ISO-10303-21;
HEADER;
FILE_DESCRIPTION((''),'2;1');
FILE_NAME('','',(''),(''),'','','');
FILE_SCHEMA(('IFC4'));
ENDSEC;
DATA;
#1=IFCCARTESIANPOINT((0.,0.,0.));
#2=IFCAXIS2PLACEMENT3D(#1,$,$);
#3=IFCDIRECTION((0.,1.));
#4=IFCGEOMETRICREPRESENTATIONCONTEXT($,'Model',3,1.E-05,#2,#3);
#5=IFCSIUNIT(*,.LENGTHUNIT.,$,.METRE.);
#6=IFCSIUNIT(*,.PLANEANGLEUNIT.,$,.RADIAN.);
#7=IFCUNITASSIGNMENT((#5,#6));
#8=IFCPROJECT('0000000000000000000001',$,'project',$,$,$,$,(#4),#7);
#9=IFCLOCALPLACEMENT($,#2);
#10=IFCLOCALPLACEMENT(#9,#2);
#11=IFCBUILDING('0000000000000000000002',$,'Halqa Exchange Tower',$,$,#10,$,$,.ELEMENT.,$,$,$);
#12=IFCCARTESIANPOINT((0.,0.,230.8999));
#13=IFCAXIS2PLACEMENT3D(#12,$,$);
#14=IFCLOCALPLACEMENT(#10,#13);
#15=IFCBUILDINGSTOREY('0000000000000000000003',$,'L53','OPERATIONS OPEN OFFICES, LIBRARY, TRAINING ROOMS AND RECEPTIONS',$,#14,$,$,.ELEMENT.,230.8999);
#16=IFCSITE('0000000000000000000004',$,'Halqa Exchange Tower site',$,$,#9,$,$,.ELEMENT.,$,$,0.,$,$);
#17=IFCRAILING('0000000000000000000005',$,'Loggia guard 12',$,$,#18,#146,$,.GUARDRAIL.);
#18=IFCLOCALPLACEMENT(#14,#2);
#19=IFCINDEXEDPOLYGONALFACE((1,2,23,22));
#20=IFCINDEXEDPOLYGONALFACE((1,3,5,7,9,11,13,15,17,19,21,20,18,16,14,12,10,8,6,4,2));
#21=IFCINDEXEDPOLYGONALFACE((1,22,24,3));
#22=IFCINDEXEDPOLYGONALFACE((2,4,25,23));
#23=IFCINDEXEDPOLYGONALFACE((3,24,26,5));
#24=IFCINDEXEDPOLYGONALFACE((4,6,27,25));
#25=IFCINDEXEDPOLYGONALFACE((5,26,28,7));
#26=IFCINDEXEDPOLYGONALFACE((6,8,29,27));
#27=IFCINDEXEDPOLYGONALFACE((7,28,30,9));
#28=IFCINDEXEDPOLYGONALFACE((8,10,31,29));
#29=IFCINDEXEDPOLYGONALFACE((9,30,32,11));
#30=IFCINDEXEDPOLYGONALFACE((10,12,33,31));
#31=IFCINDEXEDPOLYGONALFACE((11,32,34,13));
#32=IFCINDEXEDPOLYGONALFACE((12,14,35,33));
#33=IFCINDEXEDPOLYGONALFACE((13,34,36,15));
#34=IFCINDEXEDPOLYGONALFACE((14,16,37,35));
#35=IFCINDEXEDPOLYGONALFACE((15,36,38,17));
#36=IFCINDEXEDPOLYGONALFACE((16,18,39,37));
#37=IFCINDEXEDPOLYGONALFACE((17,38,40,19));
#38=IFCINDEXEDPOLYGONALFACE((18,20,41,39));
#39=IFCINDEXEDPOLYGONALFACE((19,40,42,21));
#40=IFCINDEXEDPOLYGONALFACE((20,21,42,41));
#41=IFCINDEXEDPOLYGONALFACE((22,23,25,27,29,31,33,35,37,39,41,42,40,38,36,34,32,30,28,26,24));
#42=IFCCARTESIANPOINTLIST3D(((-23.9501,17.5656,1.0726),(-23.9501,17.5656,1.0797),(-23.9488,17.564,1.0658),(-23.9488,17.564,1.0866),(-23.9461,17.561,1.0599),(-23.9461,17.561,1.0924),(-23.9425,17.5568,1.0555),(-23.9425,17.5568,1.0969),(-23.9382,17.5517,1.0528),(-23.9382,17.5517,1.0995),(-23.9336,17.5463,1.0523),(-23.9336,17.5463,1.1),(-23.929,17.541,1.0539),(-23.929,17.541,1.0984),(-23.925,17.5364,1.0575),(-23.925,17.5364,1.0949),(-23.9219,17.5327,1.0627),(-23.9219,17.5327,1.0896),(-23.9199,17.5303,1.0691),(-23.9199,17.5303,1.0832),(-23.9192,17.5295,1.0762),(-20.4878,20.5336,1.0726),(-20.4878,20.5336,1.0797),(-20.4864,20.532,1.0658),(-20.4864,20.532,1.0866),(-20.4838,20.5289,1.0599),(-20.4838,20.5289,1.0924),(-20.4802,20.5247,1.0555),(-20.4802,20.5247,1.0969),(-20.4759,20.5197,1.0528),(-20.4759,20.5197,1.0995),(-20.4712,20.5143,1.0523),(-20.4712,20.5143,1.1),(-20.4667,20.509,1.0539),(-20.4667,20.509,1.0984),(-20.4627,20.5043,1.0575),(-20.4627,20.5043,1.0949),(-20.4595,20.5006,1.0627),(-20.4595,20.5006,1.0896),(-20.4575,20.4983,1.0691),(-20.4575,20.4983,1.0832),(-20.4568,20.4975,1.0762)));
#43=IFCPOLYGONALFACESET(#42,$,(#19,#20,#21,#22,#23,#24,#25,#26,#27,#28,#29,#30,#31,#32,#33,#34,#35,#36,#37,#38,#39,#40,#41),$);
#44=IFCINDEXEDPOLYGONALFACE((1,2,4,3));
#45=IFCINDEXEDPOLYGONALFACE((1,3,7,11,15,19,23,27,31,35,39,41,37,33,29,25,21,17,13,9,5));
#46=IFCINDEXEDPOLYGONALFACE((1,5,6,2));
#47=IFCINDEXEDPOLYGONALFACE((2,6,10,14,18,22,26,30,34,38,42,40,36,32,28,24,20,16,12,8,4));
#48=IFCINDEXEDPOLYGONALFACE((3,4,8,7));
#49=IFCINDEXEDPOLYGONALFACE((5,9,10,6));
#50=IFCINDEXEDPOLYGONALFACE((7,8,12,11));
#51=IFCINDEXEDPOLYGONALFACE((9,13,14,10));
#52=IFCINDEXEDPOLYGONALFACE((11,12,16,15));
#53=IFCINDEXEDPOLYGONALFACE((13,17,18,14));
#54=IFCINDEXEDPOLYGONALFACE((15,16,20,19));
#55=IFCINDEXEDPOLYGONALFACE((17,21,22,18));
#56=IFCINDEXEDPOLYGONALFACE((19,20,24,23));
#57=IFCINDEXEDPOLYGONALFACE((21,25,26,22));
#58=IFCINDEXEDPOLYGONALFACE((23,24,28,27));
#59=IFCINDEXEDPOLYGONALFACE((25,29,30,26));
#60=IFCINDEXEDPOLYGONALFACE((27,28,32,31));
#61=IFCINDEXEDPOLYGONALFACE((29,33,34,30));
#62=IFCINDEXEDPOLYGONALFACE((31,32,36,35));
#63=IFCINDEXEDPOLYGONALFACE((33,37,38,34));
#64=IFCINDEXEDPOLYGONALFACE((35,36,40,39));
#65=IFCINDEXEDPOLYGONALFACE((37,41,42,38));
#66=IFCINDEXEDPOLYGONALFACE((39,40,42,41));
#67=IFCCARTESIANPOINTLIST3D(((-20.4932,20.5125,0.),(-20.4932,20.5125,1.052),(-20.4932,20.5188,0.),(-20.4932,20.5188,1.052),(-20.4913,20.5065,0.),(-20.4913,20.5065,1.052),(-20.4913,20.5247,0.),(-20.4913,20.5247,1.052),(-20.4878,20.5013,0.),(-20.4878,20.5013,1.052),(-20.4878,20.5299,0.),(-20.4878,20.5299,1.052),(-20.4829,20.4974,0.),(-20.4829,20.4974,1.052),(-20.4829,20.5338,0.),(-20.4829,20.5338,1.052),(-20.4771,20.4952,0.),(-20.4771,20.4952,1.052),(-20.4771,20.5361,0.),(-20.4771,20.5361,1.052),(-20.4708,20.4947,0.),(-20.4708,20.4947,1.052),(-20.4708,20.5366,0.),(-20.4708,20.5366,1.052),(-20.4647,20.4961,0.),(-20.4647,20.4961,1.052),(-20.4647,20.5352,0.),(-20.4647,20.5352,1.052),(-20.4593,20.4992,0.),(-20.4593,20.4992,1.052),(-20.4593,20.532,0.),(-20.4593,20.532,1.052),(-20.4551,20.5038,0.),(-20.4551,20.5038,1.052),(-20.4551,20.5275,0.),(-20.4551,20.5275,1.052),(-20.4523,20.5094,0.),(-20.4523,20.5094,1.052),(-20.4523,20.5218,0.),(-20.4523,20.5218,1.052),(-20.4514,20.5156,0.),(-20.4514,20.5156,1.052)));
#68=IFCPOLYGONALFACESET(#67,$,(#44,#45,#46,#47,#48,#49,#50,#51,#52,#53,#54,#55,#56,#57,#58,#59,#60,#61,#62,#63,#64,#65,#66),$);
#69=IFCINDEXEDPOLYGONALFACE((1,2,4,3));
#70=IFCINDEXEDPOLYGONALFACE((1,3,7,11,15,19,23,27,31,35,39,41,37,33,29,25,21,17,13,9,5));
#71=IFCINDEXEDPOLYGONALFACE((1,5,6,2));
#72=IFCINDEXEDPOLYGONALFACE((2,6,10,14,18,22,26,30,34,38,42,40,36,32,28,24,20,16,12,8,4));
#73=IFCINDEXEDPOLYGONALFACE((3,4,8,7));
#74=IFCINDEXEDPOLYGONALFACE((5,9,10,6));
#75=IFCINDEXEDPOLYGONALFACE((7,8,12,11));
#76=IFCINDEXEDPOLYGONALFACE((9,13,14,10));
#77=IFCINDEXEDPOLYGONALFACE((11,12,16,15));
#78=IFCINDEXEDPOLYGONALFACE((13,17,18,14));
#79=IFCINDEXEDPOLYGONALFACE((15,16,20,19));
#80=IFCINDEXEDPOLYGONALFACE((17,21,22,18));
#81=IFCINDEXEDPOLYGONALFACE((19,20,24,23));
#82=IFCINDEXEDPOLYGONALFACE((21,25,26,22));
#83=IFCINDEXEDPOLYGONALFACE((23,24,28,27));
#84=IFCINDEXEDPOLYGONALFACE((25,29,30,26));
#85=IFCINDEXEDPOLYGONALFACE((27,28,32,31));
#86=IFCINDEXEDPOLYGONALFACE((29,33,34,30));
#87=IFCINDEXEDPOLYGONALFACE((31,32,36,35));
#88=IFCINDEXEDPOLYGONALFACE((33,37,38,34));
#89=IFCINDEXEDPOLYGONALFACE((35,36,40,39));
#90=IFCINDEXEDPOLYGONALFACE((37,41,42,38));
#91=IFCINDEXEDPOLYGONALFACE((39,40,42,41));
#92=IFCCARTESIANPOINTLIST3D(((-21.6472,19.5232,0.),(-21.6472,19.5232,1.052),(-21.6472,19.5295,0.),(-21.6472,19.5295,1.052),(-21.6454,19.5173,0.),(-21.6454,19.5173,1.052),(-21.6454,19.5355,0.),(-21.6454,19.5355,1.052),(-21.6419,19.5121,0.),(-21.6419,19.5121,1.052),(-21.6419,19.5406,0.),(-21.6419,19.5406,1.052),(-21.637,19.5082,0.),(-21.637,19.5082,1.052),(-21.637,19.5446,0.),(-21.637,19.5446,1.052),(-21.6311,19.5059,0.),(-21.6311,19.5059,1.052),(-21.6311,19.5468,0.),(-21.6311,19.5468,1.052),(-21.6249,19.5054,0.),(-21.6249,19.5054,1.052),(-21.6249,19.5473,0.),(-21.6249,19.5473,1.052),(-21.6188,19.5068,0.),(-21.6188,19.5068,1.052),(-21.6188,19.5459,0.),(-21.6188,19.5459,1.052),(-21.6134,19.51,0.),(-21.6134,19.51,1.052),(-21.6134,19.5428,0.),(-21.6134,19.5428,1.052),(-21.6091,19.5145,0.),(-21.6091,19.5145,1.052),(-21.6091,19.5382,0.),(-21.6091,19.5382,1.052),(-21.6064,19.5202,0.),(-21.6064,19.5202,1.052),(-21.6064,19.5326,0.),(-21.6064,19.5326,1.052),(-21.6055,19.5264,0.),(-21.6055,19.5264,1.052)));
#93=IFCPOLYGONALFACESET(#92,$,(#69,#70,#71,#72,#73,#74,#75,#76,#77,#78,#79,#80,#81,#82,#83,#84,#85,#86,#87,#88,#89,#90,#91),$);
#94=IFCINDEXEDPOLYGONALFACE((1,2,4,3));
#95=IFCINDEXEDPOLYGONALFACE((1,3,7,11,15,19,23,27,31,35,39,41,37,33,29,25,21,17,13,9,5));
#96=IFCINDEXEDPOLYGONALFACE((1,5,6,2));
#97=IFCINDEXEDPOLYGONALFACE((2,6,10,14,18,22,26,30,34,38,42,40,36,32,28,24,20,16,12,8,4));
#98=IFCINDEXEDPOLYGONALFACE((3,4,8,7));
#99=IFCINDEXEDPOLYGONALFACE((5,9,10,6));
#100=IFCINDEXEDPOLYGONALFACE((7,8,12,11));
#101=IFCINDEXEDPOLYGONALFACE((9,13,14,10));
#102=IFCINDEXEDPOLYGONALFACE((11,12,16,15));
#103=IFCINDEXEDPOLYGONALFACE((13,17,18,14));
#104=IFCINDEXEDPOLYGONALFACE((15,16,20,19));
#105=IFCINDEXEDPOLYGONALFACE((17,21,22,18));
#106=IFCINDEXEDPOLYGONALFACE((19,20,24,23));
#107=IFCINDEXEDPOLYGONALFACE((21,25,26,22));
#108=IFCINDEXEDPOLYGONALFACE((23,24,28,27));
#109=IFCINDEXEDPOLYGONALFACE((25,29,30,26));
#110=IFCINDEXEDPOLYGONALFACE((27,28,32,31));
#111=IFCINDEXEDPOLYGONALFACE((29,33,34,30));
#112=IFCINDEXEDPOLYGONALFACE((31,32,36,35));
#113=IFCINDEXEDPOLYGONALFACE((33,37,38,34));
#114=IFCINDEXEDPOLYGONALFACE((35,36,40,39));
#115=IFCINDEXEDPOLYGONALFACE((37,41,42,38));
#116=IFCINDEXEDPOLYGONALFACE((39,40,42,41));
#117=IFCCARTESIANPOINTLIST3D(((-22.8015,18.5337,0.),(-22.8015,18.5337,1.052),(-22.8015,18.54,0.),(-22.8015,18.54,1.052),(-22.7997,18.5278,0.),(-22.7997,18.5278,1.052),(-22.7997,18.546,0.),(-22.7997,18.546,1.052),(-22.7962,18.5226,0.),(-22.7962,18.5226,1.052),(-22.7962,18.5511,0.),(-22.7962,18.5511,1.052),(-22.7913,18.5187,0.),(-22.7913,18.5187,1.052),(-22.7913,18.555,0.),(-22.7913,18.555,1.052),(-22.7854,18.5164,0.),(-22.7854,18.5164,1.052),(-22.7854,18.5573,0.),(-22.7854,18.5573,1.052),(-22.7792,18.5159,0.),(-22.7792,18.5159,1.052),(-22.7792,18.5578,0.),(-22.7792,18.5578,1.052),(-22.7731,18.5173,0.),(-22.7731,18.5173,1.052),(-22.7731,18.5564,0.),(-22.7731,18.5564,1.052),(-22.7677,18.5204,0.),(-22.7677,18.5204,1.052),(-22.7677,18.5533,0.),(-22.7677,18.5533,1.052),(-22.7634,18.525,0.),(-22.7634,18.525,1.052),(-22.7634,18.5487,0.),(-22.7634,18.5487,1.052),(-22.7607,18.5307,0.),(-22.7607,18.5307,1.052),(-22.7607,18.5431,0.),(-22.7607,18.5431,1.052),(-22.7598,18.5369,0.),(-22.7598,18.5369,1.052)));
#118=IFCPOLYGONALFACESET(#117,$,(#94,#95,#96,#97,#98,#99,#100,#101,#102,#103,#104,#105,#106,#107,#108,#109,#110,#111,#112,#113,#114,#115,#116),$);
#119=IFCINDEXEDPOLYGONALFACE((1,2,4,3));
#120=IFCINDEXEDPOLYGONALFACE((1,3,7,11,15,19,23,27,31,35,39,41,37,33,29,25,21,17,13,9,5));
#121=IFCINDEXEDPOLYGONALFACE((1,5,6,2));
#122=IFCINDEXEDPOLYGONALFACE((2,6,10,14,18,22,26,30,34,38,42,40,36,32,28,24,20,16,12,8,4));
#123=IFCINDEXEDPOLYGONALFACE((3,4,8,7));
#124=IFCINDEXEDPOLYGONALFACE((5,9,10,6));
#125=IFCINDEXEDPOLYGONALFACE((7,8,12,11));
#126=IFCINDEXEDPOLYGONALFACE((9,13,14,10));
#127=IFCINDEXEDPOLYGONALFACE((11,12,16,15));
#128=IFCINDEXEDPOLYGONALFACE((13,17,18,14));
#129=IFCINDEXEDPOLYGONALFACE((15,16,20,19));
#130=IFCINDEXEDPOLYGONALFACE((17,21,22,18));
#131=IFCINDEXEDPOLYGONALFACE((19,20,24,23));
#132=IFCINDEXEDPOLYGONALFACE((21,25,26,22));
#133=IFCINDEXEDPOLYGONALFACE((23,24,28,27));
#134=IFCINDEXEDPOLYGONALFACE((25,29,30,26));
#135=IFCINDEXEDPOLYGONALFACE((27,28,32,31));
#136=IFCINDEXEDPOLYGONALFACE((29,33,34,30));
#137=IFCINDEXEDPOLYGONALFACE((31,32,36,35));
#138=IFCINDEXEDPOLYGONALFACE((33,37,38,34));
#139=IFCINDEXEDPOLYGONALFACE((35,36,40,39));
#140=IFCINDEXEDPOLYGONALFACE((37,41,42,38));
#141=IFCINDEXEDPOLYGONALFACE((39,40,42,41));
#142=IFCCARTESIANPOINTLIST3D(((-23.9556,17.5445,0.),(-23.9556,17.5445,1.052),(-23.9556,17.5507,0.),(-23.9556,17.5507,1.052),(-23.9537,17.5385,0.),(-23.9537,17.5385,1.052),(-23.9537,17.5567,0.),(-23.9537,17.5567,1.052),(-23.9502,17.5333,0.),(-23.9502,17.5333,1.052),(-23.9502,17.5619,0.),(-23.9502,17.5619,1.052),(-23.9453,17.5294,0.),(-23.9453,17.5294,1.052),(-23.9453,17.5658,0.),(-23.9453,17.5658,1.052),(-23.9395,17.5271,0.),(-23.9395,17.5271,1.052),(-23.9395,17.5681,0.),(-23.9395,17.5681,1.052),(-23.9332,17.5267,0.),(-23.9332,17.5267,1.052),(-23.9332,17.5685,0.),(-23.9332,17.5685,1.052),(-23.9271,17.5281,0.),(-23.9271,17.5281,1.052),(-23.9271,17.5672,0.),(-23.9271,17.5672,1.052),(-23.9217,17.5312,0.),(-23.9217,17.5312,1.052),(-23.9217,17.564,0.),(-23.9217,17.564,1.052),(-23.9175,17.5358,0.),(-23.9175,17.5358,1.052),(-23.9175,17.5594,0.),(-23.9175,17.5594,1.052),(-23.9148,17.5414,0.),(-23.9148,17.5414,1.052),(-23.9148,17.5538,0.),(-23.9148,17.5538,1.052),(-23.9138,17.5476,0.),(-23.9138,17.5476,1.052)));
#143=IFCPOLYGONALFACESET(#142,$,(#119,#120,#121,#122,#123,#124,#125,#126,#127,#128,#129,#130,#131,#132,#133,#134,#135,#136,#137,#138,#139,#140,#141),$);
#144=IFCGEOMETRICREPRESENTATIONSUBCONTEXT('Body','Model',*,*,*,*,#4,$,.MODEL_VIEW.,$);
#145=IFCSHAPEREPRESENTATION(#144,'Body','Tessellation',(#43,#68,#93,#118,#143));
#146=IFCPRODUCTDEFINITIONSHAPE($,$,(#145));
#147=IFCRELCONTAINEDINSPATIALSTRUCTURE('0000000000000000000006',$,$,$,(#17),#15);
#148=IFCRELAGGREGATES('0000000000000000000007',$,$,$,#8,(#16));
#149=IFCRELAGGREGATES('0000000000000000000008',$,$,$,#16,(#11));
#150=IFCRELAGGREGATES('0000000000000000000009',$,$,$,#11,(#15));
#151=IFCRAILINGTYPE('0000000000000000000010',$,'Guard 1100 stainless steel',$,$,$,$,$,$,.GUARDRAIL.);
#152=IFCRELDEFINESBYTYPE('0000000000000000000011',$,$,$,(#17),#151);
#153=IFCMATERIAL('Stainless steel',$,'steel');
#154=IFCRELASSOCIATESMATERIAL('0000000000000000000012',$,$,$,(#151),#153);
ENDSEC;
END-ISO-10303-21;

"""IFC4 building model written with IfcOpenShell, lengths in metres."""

from ifc_helpers import new_model, si_unit, direction, frame, origin, origin_2d, place, context, subcontext, project, spatial, circle, extrude, material, type_object, element, save


model = new_model("IFC4")

# Units and contexts
model_context = context("Model", 3, precision=1e-05, world=origin(), true_north=direction((0.0, 1.0)))
body_context = subcontext(model_context, "Body", "Model", "MODEL_VIEW")
ifc_project = project(units=[si_unit("LENGTHUNIT", "METRE"), si_unit("PLANEANGLEUNIT", "RADIAN")], contexts=[model_context])

# Site, building, storey
site_placement = place(None, origin())
site = spatial("IfcSite", under=ifc_project, at=site_placement, Name="Halqa Exchange Tower site", CompositionType="ELEMENT", RefElevation=0.0)
building_placement = place(site_placement, origin())
building = spatial("IfcBuilding", under=site, at=building_placement, Name="Halqa Exchange Tower", CompositionType="ELEMENT")
storey_placement = place(building_placement, frame((0.0, 0.0, 230.8999)))
storey = spatial("IfcBuildingStorey", under=building, at=storey_placement, Name="L53", Description="OPERATIONS OPEN OFFICES, LIBRARY, TRAINING ROOMS AND RECEPTIONS", CompositionType="ELEMENT", Elevation=230.8999)

# Railing
ifc_material_1 = material(Name="Stainless steel", Category="steel")
railing_type = type_object("IfcRailingType", Name="Guard 1100 stainless steel", PredefinedType="GUARDRAIL", material=ifc_material_1)
railing_1_placement = place(storey_placement, frame((-20.4724, 20.5156, 0.0)))
element("IfcRailing", 1, at=railing_1_placement, inside=storey, type_object=railing_type, Name="Loggia guard 12", PredefinedType="GUARDRAIL", context=body_context, shape_type="SweptSolid", body=[
    extrude(circle(Radius=0.0239, at=origin_2d()), frame((0.0, 0.0, 1.0762), z_axis=(-0.75923, -0.650822, 0.0), x_axis=(0.650822, -0.75923, 0.0)), (0.0, 0.0, 1.0), 4.5603),
    extrude(circle(Radius=0.021, at=origin_2d()), origin(), (0.0, 0.0, 1.0), 1.052),
    extrude(circle(Radius=0.021, at=origin_2d()), frame((-1.1541, -0.9893, 0.0)), (0.0, 0.0, 1.0), 1.052),
    extrude(circle(Radius=0.021, at=origin_2d()), frame((-2.3083, -1.9788, 0.0)), (0.0, 0.0, 1.0), 1.052),
    extrude(circle(Radius=0.021, at=origin_2d()), frame((-3.4624, -2.968, 0.0)), (0.0, 0.0, 1.0), 1.052),
])

save(model, "model.ifc")
